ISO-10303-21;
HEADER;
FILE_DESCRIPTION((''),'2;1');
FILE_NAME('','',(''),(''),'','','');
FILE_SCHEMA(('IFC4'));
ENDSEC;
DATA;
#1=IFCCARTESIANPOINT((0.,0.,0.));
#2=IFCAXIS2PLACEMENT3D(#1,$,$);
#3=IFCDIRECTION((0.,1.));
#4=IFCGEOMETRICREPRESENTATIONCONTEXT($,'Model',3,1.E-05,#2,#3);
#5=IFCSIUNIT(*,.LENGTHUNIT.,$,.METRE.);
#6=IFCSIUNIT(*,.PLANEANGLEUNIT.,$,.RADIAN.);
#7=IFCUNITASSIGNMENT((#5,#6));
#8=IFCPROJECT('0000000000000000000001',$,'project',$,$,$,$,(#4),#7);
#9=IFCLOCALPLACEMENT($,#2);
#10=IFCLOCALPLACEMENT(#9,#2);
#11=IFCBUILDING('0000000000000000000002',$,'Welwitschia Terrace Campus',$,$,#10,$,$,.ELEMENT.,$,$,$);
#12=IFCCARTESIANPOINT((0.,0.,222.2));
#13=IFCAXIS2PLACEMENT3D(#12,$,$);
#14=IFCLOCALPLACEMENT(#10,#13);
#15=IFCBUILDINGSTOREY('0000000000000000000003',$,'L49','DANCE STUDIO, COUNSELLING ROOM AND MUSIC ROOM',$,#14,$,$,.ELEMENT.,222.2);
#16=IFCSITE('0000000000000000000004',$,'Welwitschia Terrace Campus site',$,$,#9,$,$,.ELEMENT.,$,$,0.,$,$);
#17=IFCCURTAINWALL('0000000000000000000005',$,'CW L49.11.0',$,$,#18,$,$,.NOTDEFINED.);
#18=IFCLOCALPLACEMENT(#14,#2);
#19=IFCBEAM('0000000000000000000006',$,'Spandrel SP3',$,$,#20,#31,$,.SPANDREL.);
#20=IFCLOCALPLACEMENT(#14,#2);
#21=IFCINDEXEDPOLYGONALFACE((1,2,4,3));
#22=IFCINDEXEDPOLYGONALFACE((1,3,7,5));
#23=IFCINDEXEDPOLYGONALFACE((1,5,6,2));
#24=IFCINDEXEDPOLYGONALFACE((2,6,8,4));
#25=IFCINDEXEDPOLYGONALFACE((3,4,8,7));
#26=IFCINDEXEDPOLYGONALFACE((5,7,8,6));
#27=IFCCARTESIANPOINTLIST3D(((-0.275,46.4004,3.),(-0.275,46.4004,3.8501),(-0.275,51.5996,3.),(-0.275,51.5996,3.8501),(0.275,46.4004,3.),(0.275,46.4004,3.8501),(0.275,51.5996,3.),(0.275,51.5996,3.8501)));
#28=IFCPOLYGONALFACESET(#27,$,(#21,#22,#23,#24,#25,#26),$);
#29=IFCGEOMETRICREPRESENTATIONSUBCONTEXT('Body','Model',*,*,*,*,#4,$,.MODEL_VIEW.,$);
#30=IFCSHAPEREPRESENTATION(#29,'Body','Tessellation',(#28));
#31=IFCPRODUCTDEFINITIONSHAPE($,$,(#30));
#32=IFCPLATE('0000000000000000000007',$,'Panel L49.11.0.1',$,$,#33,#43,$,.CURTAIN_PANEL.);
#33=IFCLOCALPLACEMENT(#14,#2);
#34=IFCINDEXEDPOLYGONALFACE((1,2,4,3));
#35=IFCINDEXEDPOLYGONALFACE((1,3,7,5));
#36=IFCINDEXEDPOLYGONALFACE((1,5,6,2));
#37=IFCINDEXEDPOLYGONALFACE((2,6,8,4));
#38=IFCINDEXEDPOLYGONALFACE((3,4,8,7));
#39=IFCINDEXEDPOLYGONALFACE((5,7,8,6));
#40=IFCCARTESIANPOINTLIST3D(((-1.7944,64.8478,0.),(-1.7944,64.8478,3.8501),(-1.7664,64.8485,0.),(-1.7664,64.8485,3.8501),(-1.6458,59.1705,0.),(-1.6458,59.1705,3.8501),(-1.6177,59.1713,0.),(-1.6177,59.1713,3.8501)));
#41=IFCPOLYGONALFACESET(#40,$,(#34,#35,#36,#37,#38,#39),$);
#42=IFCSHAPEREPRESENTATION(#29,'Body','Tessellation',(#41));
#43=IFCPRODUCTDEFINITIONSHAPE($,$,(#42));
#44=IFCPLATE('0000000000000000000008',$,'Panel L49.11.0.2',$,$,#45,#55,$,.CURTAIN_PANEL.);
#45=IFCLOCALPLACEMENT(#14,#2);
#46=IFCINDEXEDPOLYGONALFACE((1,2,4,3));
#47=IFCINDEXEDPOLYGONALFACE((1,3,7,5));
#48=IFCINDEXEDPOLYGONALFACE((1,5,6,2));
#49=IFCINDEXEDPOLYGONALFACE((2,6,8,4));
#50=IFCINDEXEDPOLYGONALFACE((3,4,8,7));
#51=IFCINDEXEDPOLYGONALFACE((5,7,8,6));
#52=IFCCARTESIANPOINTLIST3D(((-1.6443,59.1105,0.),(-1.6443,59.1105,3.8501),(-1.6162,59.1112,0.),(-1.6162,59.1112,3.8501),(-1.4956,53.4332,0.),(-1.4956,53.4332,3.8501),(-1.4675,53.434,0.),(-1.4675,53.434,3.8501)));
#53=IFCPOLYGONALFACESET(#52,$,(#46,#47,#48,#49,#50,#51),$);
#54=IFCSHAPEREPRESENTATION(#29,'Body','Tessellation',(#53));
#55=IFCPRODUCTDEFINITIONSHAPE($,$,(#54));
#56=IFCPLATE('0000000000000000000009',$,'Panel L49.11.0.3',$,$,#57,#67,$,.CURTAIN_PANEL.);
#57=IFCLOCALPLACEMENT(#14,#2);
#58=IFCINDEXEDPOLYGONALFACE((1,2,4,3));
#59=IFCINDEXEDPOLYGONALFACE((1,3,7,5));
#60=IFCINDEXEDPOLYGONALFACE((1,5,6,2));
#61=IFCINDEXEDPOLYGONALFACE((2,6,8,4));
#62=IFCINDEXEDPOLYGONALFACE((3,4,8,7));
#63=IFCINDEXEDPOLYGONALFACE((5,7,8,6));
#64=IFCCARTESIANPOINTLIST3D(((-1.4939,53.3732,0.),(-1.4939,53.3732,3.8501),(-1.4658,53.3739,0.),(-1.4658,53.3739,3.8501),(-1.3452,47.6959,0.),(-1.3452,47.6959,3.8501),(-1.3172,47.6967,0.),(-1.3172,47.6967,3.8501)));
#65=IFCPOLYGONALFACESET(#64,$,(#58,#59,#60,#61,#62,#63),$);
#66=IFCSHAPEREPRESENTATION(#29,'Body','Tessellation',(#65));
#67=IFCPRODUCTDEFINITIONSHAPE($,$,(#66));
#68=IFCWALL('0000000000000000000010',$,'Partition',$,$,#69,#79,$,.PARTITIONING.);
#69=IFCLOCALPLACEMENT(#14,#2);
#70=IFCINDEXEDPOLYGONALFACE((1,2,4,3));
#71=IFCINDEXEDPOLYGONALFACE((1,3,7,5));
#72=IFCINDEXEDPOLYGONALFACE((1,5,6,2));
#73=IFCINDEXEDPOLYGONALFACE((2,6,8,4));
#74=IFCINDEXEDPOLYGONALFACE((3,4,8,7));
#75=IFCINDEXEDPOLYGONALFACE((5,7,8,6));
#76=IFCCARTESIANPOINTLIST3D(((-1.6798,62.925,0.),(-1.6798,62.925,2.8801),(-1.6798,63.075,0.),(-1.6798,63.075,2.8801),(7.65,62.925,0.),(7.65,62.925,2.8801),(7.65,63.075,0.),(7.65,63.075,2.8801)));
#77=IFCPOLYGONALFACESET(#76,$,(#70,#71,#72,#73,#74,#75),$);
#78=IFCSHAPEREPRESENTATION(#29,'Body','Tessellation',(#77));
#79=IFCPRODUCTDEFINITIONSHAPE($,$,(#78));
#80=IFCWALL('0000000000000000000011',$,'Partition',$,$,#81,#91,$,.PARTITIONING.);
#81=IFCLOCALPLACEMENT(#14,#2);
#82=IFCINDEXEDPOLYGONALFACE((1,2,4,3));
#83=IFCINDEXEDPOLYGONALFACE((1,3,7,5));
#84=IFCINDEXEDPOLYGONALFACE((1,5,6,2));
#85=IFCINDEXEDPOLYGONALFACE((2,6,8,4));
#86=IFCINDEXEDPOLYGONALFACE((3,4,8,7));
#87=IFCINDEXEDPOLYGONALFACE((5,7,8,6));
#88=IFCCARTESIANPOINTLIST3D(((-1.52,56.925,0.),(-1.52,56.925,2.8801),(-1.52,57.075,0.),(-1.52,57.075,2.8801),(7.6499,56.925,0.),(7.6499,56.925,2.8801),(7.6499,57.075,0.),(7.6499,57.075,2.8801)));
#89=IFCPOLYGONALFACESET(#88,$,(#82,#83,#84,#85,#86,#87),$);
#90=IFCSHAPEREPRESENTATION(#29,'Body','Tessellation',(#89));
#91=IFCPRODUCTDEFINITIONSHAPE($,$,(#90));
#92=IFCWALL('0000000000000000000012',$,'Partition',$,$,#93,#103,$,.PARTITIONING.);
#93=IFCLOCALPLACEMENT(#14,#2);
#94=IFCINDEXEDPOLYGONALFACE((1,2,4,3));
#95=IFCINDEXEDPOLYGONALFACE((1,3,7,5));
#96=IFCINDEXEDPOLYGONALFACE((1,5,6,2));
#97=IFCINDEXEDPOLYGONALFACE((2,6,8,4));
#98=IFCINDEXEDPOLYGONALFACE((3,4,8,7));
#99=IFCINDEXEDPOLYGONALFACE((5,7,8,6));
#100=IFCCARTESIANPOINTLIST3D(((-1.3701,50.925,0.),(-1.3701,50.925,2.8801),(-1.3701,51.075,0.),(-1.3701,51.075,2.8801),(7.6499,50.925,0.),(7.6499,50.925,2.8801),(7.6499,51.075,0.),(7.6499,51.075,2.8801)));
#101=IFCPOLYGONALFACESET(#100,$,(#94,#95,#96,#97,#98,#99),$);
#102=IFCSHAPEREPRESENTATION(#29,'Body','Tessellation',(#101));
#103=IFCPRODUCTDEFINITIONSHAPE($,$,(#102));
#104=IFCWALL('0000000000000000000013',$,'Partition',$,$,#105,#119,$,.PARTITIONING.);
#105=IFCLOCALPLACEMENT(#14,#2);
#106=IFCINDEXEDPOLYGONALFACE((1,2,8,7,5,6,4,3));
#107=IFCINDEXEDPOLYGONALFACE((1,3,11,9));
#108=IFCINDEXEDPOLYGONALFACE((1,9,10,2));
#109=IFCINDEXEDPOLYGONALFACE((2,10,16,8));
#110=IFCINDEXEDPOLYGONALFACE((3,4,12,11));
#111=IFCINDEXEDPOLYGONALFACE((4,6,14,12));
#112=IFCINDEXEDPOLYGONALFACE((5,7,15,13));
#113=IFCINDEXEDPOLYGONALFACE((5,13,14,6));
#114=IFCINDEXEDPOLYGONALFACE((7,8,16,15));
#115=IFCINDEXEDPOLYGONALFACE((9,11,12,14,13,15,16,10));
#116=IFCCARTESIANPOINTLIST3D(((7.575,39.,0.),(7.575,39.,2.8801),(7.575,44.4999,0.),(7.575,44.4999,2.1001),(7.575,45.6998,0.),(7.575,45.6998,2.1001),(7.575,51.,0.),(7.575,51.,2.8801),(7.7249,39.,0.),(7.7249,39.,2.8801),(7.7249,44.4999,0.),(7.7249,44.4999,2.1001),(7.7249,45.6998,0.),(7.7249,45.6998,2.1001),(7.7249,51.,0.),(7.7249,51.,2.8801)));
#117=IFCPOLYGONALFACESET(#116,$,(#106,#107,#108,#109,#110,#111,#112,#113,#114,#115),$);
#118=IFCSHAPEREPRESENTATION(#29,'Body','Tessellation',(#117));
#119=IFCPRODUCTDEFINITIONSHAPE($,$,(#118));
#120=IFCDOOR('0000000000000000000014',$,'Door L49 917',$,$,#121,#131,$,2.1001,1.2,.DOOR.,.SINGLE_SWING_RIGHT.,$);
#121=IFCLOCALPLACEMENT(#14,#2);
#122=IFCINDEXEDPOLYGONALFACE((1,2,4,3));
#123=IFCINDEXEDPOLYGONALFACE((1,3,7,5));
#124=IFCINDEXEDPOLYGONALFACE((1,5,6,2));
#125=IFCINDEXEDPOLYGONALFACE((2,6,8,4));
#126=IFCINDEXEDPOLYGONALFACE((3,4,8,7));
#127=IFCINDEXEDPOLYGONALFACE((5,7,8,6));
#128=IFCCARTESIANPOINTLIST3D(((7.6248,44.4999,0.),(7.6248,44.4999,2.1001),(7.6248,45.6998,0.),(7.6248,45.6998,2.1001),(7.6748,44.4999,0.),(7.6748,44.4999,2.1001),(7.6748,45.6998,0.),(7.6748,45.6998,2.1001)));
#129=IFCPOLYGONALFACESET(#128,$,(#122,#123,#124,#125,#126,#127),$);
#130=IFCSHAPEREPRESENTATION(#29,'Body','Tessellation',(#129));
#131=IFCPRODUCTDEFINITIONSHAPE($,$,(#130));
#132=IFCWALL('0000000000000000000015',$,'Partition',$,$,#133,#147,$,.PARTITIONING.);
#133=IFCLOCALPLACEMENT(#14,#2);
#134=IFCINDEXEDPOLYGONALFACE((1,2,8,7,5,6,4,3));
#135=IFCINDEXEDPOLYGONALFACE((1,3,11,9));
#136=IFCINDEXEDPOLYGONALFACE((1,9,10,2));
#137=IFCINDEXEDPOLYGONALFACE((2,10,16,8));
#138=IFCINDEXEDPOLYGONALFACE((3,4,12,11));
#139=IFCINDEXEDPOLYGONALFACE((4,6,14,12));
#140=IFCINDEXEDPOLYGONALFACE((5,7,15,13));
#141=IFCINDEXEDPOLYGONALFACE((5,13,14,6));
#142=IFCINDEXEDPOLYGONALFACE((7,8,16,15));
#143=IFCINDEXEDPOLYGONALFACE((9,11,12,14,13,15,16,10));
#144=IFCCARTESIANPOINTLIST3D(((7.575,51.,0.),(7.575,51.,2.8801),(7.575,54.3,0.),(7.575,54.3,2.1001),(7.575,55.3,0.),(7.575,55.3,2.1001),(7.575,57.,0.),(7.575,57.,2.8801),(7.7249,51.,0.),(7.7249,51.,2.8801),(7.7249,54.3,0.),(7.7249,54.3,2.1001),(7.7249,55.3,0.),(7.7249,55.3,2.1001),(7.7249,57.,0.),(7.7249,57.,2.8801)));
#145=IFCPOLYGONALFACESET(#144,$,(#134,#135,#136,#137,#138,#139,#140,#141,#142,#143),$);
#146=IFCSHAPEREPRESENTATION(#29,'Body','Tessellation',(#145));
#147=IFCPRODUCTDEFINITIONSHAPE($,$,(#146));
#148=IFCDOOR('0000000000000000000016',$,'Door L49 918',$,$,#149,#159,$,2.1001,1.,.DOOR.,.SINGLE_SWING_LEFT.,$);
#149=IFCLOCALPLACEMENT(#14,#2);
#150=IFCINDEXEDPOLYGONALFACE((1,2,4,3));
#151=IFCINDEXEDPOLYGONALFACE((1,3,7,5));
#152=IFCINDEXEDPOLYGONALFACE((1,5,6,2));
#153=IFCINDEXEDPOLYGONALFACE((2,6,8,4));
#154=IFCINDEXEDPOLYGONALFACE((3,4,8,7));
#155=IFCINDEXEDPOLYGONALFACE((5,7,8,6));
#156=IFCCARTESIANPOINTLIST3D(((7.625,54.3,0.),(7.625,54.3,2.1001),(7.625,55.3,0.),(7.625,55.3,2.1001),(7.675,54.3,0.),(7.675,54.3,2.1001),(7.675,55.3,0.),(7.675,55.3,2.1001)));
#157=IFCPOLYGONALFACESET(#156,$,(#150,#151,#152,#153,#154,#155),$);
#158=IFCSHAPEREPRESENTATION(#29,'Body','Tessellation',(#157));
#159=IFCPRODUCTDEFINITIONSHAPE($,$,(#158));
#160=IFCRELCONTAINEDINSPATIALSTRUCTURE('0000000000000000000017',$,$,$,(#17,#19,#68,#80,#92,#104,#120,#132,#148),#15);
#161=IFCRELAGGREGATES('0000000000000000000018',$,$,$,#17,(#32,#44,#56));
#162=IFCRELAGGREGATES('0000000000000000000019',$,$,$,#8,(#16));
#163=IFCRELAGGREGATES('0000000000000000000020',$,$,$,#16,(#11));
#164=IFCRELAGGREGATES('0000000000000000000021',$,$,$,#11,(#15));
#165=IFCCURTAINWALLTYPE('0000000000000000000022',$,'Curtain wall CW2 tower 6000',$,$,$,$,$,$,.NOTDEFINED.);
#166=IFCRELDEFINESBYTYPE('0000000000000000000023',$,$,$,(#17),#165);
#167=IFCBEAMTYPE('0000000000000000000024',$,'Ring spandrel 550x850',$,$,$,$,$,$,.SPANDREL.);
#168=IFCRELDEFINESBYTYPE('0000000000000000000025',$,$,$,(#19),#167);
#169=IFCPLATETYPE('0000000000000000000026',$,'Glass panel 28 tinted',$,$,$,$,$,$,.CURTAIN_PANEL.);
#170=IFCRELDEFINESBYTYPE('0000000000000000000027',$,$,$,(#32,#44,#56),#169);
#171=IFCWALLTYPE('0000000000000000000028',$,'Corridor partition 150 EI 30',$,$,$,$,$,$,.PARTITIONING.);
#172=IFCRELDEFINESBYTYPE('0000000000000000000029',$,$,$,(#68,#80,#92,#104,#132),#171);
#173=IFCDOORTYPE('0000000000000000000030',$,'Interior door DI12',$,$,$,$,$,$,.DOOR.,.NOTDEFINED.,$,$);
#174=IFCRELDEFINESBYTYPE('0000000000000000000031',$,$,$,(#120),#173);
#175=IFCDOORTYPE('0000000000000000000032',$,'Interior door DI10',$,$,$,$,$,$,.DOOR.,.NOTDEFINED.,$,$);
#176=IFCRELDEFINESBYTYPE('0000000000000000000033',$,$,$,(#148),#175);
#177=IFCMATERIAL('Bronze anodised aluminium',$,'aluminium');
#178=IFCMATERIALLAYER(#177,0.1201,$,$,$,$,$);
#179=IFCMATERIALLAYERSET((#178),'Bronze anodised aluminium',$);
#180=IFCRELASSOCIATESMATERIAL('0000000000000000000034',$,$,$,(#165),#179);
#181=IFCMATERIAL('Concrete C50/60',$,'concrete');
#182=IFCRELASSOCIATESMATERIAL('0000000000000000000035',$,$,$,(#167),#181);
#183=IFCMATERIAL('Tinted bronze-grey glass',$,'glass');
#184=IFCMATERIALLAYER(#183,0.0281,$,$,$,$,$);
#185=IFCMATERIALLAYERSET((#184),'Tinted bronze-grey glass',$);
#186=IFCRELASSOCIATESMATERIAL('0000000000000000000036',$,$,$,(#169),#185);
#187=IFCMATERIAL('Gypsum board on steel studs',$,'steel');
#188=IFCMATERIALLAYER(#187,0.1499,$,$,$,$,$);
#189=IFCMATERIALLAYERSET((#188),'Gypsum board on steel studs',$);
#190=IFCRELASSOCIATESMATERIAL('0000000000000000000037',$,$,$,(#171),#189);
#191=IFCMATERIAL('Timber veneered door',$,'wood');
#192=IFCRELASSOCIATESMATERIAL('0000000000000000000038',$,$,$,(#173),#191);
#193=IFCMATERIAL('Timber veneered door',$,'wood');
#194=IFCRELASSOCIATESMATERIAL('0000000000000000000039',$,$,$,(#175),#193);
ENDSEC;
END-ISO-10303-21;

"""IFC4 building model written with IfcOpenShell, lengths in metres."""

from ifc_helpers import new_model, si_unit, direction, frame, frame_2d, origin, origin_2d, place, context, subcontext, project, spatial, rectangle, extrude, material, layer, layer_set, material_profile, profile_set, type_object, element, fill, aggregate, save


model = new_model("IFC4")

# Units and contexts
model_context = context("Model", 3, precision=1e-05, world=origin(), true_north=direction((0.0, 1.0)))
body_context = subcontext(model_context, "Body", "Model", "MODEL_VIEW")
ifc_project = project(units=[si_unit("LENGTHUNIT", "METRE"), si_unit("PLANEANGLEUNIT", "RADIAN")], contexts=[model_context])

# Site, building, storey
site_placement = place(None, origin())
site = spatial("IfcSite", under=ifc_project, at=site_placement, Name="Welwitschia Terrace Campus site", CompositionType="ELEMENT", RefElevation=0.0)
building_placement = place(site_placement, origin())
building = spatial("IfcBuilding", under=site, at=building_placement, Name="Welwitschia Terrace Campus", CompositionType="ELEMENT")
storey_placement = place(building_placement, frame((0.0, 0.0, 222.2)))
storey = spatial("IfcBuildingStorey", under=building, at=storey_placement, Name="L49", Description="DANCE STUDIO, COUNSELLING ROOM AND MUSIC ROOM", CompositionType="ELEMENT", Elevation=222.2)

# Curtain wall
ifc_material_1 = material(Name="Bronze anodised aluminium", Category="aluminium")
ifc_layer_1 = layer(ifc_material_1, 0.1201)
ifc_layer_set_1 = layer_set([ifc_layer_1], Name="Bronze anodised aluminium")
curtain_wall_type = type_object("IfcCurtainWallType", Name="Curtain wall CW2 tower 6000", PredefinedType="NOTDEFINED", material=ifc_layer_set_1)
curtain_wall_placement = place(storey_placement, origin())
curtain_wall = element("IfcCurtainWall", 1, at=curtain_wall_placement, inside=storey, type_object=curtain_wall_type, Name="CW L49.11.0", PredefinedType="NOTDEFINED")

# Beam
ifc_material_2 = material(Name="Concrete C50/60", Category="concrete")
ifc_material_profile_1 = material_profile(ifc_material_2, rectangle(XDim=0.55, YDim=0.8501, at=origin_2d()))
ifc_profile_set_1 = profile_set([ifc_material_profile_1], Name="Concrete C50/60")
beam_type_1 = type_object("IfcBeamType", Name="Ring spandrel 550x850", PredefinedType="SPANDREL", material=ifc_profile_set_1)
for number, where, z_axis, x_axis, name in (
    (2, (0.0, 51.5996, 3.425), (0.0, -1.0, 0.0), (1.0, 0.0, 0.0), "Spandrel SP3"),
):
    element("IfcBeam", number, at=place(storey_placement, frame(where, z_axis=z_axis, x_axis=x_axis)), inside=storey, type_object=beam_type_1, Name=name, PredefinedType="SPANDREL", context=body_context, shape_type="SweptSolid", body=[
        extrude(rectangle(XDim=0.55, YDim=0.8501, at=origin_2d()), origin(), (0.0, 0.0, 1.0), 5.1992),
    ])

# Plates
ifc_material_3 = material(Name="Tinted bronze-grey glass", Category="glass")
ifc_layer_2 = layer(ifc_material_3, 0.0281)
ifc_layer_set_2 = layer_set([ifc_layer_2], Name="Tinted bronze-grey glass")
plate_type = type_object("IfcPlateType", Name="Glass panel 28 tinted", PredefinedType="CURTAIN_PANEL", material=ifc_layer_set_2)
plate_1_placement = place(storey_placement, frame((-1.7061, 62.0095, 0.0), z_axis=(0.0, 0.0, 1.0), x_axis=(0.026177, -0.999657, 0.0)))
plate_1 = element("IfcPlate", 3, at=plate_1_placement, type_object=plate_type, Name="Panel L49.11.0.1", PredefinedType="CURTAIN_PANEL", context=body_context, shape_type="SweptSolid", body=[
    extrude(rectangle(XDim=5.6792, YDim=0.0281, at=origin_2d()), origin(), (0.0, 0.0, 1.0), 3.8501),
])
plate_2_placement = place(storey_placement, frame((-1.5559, 56.2722, 0.0), z_axis=(0.0, 0.0, 1.0), x_axis=(0.026177, -0.999657, 0.0)))
plate_2 = element("IfcPlate", 4, at=plate_2_placement, type_object=plate_type, Name="Panel L49.11.0.2", PredefinedType="CURTAIN_PANEL", context=body_context, shape_type="SweptSolid", body=[
    extrude(rectangle(XDim=5.6792, YDim=0.0281, at=origin_2d()), origin(), (0.0, 0.0, 1.0), 3.8501),
])
plate_3_placement = place(storey_placement, frame((-1.4055, 50.5349, 0.0), z_axis=(0.0, 0.0, 1.0), x_axis=(0.026177, -0.999657, 0.0)))
plate_3 = element("IfcPlate", 5, at=plate_3_placement, type_object=plate_type, Name="Panel L49.11.0.3", PredefinedType="CURTAIN_PANEL", context=body_context, shape_type="SweptSolid", body=[
    extrude(rectangle(XDim=5.6792, YDim=0.0281, at=origin_2d()), origin(), (0.0, 0.0, 1.0), 3.8501),
])
aggregate(curtain_wall, [plate_1, plate_2, plate_3])

# Walls
ifc_material_4 = material(Name="Gypsum board on steel studs", Category="steel")
ifc_layer_3 = layer(ifc_material_4, 0.1499)
ifc_layer_set_3 = layer_set([ifc_layer_3], Name="Gypsum board on steel studs")
wall_type = type_object("IfcWallType", Name="Corridor partition 150 EI 30", PredefinedType="PARTITIONING", material=ifc_layer_set_3)
wall_1_placement = place(storey_placement, frame((-1.6799, 63.0, 0.0), z_axis=(0.0, 0.0, 1.0), x_axis=(1.0, 0.0, 0.0)))
element("IfcWall", 6, at=wall_1_placement, inside=storey, type_object=wall_type, Name="Partition", PredefinedType="PARTITIONING", context=body_context, shape_type="SweptSolid", body=[
    extrude(rectangle(XDim=9.3298, YDim=0.1499, at=frame_2d((4.665, 0.0))), origin(), (0.0, 0.0, 1.0), 2.8801),
])
wall_2_placement = place(storey_placement, frame((-1.52, 57.0, 0.0), z_axis=(0.0, 0.0, 1.0), x_axis=(1.0, 0.0, 0.0)))
element("IfcWall", 7, at=wall_2_placement, inside=storey, type_object=wall_type, Name="Partition", PredefinedType="PARTITIONING", context=body_context, shape_type="SweptSolid", body=[
    extrude(rectangle(XDim=9.1699, YDim=0.1499, at=frame_2d((4.585, 0.0))), origin(), (0.0, 0.0, 1.0), 2.8801),
])
wall_3_placement = place(storey_placement, frame((-1.3701, 51.0, 0.0), z_axis=(0.0, 0.0, 1.0), x_axis=(1.0, 0.0, 0.0)))
element("IfcWall", 8, at=wall_3_placement, inside=storey, type_object=wall_type, Name="Partition", PredefinedType="PARTITIONING", context=body_context, shape_type="SweptSolid", body=[
    extrude(rectangle(XDim=9.02, YDim=0.1499, at=frame_2d((4.51, 0.0))), origin(), (0.0, 0.0, 1.0), 2.8801),
])

# Walls, openings, doors
wall_4_placement = place(storey_placement, frame((7.6499, 51.0, 0.0), z_axis=(0.0, 0.0, 1.0), x_axis=(0.0, -1.0, 0.0)))
wall_4 = element("IfcWall", 9, at=wall_4_placement, inside=storey, type_object=wall_type, Name="Partition", PredefinedType="PARTITIONING", context=body_context, shape_type="SweptSolid", body=[
    extrude(rectangle(XDim=12.0, YDim=0.1499, at=frame_2d((6.0, 0.0))), origin(), (0.0, 0.0, 1.0), 2.8801),
])
opening_1_placement = place(wall_4_placement, frame((5.3, 0.0, 0.0)))
opening_1 = element("IfcOpeningElement", 10, at=opening_1_placement, cuts=wall_4, PredefinedType="OPENING", context=body_context, shape_type="SweptSolid", body=[
    extrude(rectangle(XDim=1.2, YDim=2.1001, at=frame_2d((0.6001, 1.05))), frame((0.0, 0.085, 0.0), z_axis=(0.0, -1.0, 0.0), x_axis=(1.0, 0.0, 0.0)), (0.0, 0.0, 1.0), 0.1699),
])
ifc_material_5 = material(Name="Timber veneered door", Category="wood")
door_type_1 = type_object("IfcDoorType", Name="Interior door DI12", OperationType="NOTDEFINED", PredefinedType="DOOR", material=ifc_material_5)
door_1_placement = place(opening_1_placement, origin())
door_1 = element("IfcDoor", 11, at=door_1_placement, inside=storey, type_object=door_type_1, Name="Door L49 917", OperationType="SINGLE_SWING_RIGHT", OverallHeight=2.1001, OverallWidth=1.2, PredefinedType="DOOR", context=body_context, shape_type="SweptSolid", body=[
    extrude(rectangle(XDim=1.2, YDim=2.1001, at=frame_2d((0.6001, 1.05))), frame((0.0, 0.0249, 0.0), z_axis=(0.0, -1.0, 0.0), x_axis=(1.0, 0.0, 0.0)), (0.0, 0.0, 1.0), 0.05),
])
fill(opening_1, door_1)
wall_5_placement = place(storey_placement, frame((7.6499, 51.0, 0.0), z_axis=(0.0, 0.0, 1.0), x_axis=(0.0, 1.0, 0.0)))
wall_5 = element("IfcWall", 12, at=wall_5_placement, inside=storey, type_object=wall_type, Name="Partition", PredefinedType="PARTITIONING", context=body_context, shape_type="SweptSolid", body=[
    extrude(rectangle(XDim=6.0, YDim=0.1499, at=frame_2d((3.0, 0.0))), origin(), (0.0, 0.0, 1.0), 2.8801),
])
opening_2_placement = place(wall_5_placement, frame((3.3, 0.0, 0.0)))
opening_2 = element("IfcOpeningElement", 13, at=opening_2_placement, cuts=wall_5, PredefinedType="OPENING", context=body_context, shape_type="SweptSolid", body=[
    extrude(rectangle(XDim=1.0, YDim=2.1001, at=frame_2d((0.5, 1.05))), frame((0.0, 0.085, 0.0), z_axis=(0.0, -1.0, 0.0), x_axis=(1.0, 0.0, 0.0)), (0.0, 0.0, 1.0), 0.1699),
])
ifc_material_6 = material(Name="Timber veneered door", Category="wood")
door_type_2 = type_object("IfcDoorType", Name="Interior door DI10", OperationType="NOTDEFINED", PredefinedType="DOOR", material=ifc_material_6)
door_2_placement = place(opening_2_placement, origin())
door_2 = element("IfcDoor", 14, at=door_2_placement, inside=storey, type_object=door_type_2, Name="Door L49 918", OperationType="SINGLE_SWING_LEFT", OverallHeight=2.1001, OverallWidth=1.0, PredefinedType="DOOR", context=body_context, shape_type="SweptSolid", body=[
    extrude(rectangle(XDim=1.0, YDim=2.1001, at=frame_2d((0.5, 1.05))), frame((0.0, 0.0249, 0.0), z_axis=(0.0, -1.0, 0.0), x_axis=(1.0, 0.0, 0.0)), (0.0, 0.0, 1.0), 0.05),
])
fill(opening_2, door_2)

save(model, "model.ifc")
